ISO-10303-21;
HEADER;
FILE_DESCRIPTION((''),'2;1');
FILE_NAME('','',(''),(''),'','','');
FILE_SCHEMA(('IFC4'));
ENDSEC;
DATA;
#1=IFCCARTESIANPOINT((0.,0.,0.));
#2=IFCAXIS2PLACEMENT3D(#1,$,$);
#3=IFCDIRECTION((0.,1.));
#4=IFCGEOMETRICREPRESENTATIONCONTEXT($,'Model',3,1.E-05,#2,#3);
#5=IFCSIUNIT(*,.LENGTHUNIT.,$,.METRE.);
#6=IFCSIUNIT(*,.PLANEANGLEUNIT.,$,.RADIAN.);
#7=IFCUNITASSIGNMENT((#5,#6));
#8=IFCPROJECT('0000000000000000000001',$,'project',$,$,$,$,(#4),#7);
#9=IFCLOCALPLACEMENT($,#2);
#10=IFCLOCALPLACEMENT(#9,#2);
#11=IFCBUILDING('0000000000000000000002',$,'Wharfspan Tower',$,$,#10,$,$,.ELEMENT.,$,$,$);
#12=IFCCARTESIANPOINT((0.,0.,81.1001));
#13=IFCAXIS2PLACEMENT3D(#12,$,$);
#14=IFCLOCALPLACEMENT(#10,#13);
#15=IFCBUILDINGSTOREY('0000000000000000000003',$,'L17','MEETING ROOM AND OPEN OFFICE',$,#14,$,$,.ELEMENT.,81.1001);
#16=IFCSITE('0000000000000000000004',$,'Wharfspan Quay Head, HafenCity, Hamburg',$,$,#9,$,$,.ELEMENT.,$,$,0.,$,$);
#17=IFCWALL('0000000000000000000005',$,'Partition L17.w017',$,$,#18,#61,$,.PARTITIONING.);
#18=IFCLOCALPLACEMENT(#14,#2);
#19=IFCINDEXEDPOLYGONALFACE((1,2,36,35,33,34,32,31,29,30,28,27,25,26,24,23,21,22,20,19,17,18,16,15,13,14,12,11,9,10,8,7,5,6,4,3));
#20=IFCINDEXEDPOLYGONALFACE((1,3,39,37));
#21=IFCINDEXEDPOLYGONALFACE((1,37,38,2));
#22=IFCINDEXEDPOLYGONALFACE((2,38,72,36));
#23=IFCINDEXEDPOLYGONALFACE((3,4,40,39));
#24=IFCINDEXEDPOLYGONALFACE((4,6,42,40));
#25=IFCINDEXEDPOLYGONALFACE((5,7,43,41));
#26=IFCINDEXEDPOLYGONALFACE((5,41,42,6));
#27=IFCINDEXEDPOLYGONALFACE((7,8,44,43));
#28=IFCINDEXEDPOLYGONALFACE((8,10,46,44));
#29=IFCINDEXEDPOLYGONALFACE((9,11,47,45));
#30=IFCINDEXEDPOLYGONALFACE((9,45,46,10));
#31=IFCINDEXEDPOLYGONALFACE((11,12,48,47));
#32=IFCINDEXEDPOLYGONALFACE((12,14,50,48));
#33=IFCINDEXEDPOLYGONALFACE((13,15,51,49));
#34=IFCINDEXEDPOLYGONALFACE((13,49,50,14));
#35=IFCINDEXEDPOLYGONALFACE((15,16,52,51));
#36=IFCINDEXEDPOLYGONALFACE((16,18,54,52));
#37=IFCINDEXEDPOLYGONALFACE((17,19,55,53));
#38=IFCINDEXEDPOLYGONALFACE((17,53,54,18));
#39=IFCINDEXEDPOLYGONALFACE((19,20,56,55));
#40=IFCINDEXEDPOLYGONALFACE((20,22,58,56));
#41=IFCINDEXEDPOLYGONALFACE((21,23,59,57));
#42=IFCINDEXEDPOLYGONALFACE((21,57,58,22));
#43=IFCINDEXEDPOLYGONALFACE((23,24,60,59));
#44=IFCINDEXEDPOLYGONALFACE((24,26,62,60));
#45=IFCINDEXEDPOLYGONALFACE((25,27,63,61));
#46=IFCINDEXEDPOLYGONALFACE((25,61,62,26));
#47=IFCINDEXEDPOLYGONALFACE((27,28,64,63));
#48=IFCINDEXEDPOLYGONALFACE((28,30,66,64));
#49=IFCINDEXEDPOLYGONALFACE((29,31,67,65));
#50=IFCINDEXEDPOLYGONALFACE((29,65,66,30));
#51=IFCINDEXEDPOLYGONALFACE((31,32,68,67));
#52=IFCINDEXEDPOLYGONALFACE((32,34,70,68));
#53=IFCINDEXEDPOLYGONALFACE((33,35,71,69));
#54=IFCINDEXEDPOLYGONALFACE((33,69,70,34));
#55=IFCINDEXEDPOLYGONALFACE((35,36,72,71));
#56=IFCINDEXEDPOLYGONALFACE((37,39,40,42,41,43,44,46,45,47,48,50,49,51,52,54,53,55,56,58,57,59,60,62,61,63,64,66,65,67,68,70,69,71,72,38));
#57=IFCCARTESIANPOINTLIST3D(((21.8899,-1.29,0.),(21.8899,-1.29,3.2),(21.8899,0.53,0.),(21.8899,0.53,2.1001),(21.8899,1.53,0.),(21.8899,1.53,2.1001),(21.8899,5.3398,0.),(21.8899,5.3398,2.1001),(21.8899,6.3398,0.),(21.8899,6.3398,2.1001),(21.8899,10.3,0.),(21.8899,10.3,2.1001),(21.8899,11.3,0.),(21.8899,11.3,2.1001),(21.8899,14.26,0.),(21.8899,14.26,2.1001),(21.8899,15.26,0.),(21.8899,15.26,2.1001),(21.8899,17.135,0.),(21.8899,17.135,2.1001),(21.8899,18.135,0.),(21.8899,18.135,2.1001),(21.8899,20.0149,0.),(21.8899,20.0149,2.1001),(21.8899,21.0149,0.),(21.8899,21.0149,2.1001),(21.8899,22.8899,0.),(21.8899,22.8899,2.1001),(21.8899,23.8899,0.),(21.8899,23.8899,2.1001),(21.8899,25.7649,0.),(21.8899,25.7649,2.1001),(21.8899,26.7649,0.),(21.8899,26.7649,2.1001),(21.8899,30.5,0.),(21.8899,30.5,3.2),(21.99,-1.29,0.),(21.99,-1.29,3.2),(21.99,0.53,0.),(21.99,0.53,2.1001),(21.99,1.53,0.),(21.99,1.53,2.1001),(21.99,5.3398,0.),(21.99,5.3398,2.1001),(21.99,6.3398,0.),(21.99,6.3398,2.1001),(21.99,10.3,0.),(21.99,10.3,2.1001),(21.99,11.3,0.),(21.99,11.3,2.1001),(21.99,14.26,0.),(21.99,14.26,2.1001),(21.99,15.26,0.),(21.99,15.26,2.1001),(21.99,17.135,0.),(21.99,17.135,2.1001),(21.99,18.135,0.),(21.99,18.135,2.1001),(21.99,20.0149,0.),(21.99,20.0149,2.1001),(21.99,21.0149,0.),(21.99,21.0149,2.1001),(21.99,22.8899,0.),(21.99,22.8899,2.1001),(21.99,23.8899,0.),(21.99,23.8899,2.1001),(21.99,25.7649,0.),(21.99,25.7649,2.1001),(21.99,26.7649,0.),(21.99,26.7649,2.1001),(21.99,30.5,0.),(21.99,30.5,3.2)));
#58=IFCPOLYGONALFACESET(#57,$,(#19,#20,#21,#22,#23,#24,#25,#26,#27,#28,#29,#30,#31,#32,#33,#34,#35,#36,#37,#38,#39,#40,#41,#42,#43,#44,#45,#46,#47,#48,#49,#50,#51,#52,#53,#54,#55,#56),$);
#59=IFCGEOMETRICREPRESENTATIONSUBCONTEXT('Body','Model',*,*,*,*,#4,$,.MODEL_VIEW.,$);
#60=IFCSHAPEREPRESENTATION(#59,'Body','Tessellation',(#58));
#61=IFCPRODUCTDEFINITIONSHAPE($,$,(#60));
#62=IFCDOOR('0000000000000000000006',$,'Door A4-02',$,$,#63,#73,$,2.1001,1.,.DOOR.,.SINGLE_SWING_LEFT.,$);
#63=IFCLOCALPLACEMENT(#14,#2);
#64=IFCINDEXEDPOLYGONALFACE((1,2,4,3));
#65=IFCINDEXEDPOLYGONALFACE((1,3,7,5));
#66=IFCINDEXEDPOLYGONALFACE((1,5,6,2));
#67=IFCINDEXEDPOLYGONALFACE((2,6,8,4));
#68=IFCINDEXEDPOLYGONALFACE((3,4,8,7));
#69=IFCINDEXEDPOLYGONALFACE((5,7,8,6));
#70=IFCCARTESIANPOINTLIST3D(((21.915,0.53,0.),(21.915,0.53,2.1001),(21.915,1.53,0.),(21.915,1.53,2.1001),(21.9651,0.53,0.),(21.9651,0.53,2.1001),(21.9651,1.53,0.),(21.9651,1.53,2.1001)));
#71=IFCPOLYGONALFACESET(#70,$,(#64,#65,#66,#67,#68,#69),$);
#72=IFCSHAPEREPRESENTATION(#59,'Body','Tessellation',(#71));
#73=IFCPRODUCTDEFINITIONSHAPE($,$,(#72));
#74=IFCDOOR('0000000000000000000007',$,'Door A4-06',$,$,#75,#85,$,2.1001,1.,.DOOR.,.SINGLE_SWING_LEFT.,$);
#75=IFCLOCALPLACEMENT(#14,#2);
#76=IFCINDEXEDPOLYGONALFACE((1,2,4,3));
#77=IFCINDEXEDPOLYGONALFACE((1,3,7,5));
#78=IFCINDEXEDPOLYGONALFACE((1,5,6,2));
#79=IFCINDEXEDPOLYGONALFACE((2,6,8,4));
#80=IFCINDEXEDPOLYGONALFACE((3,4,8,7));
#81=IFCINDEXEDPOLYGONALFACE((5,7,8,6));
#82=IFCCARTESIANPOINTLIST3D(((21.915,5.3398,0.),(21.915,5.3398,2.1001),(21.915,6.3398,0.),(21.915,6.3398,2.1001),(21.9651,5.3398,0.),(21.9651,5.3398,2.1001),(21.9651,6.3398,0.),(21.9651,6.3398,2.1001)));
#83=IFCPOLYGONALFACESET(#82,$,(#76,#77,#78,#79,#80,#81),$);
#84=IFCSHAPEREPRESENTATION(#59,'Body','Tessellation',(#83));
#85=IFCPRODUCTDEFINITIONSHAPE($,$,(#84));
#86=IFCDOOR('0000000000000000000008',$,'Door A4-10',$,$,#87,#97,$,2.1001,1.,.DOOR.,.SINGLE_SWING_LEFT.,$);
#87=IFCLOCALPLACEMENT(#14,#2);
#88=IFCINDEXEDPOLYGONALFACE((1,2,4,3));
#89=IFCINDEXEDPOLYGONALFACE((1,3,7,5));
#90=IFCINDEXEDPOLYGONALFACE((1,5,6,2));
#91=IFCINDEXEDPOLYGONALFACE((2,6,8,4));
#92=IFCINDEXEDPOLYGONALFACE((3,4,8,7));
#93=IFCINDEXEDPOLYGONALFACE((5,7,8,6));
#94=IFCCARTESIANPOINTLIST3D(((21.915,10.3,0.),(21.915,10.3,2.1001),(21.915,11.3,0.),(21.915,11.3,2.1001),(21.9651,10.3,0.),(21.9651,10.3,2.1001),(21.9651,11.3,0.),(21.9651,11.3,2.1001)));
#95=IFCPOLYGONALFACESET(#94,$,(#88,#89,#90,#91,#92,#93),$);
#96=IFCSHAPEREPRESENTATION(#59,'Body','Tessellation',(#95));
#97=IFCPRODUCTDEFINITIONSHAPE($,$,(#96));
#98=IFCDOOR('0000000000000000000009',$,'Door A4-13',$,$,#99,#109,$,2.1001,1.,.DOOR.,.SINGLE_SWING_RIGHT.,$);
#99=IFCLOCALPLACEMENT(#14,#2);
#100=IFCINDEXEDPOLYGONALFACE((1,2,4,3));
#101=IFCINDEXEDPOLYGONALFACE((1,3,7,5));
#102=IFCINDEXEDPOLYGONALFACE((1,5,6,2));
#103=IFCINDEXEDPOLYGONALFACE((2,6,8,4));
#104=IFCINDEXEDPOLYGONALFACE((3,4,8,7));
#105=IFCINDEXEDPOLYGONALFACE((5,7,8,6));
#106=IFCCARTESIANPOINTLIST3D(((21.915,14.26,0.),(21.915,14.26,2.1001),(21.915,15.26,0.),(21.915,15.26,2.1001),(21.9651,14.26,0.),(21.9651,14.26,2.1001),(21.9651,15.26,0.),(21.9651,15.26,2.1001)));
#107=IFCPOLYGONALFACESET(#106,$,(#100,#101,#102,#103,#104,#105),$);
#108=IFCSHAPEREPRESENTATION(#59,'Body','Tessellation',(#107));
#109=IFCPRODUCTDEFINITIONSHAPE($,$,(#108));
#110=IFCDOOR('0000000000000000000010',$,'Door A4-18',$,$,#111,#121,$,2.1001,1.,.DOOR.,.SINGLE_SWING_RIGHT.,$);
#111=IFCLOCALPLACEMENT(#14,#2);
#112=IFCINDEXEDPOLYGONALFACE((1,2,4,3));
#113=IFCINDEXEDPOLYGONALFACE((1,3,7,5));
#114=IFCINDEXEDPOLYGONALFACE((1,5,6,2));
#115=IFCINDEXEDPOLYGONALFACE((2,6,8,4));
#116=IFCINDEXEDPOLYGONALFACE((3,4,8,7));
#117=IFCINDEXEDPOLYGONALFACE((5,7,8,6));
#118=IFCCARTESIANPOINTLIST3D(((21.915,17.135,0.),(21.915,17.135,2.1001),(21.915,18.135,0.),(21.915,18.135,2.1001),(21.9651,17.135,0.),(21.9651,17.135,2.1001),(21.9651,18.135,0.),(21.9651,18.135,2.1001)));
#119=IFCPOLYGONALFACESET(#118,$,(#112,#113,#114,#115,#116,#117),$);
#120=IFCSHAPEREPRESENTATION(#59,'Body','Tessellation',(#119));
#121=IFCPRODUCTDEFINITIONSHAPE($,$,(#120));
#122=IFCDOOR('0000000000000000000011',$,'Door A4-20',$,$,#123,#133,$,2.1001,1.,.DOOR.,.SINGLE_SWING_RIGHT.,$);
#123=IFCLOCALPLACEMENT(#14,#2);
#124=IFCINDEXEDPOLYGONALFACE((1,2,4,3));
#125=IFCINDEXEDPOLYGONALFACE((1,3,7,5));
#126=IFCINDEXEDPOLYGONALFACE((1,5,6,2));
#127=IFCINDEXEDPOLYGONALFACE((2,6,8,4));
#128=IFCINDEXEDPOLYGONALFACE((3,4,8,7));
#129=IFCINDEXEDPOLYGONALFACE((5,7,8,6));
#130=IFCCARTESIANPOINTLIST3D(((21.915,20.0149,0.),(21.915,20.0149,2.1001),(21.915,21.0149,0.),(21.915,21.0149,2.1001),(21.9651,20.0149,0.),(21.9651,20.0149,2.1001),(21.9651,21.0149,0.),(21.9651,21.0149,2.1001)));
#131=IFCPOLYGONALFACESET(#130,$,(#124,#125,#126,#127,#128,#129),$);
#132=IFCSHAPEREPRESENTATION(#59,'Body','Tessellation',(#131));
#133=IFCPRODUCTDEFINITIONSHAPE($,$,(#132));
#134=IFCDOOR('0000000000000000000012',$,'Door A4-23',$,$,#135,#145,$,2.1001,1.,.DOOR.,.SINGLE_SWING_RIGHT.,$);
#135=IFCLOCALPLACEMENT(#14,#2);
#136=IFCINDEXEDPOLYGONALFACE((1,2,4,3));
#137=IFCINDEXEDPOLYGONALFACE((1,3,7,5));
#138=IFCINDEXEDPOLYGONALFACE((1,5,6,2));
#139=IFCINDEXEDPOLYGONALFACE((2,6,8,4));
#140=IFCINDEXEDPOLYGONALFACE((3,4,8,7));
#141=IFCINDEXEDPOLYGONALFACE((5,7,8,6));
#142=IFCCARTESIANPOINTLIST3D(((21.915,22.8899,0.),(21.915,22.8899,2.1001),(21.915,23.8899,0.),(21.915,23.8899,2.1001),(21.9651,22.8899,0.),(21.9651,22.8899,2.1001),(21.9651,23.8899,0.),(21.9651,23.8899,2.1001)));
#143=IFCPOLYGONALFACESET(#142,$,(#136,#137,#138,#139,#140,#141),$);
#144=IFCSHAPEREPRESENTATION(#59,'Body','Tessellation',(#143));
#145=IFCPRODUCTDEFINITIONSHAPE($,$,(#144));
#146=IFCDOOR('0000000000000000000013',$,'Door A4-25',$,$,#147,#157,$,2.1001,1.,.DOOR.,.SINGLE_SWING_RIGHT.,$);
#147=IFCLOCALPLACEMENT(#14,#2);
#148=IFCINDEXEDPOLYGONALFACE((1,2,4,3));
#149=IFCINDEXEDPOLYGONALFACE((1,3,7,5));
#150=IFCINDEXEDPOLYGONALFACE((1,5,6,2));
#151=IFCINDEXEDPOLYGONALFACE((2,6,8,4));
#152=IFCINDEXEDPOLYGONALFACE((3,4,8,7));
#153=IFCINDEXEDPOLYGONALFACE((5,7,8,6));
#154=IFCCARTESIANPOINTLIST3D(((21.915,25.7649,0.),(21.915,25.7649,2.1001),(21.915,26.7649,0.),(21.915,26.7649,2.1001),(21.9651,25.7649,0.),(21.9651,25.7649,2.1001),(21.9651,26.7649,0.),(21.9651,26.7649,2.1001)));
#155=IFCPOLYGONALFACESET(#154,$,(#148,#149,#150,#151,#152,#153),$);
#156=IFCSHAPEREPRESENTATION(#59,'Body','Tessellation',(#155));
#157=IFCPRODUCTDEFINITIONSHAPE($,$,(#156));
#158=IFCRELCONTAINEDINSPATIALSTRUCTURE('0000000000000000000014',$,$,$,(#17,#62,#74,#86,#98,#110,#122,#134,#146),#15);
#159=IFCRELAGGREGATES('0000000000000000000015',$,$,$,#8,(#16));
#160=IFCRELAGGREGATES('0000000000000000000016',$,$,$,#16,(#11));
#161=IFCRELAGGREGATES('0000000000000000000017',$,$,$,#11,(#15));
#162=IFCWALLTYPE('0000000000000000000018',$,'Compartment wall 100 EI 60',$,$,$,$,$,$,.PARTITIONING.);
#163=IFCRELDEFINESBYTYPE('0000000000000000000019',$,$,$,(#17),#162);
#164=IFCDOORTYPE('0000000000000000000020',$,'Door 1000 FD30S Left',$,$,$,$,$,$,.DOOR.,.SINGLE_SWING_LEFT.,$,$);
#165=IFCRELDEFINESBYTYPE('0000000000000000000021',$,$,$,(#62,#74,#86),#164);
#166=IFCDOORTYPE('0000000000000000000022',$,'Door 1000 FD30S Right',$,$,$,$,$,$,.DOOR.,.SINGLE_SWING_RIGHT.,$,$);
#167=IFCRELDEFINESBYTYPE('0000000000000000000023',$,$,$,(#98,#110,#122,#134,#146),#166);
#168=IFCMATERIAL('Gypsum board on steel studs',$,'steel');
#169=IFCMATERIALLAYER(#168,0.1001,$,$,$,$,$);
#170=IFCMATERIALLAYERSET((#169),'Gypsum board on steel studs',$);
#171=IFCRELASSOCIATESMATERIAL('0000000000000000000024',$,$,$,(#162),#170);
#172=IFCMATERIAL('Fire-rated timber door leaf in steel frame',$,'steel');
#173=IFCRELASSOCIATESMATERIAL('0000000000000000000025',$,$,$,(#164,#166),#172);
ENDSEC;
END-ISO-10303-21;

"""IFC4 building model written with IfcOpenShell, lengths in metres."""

from ifc_helpers import new_model, si_unit, direction, frame, frame_2d, origin, place, context, subcontext, project, spatial, rectangle, extrude, material, layer, layer_set, type_object, element, fill, save


model = new_model("IFC4")

# Units and contexts
model_context = context("Model", 3, precision=1e-05, world=origin(), true_north=direction((0.0, 1.0)))
body_context = subcontext(model_context, "Body", "Model", "MODEL_VIEW")
ifc_project = project(units=[si_unit("LENGTHUNIT", "METRE"), si_unit("PLANEANGLEUNIT", "RADIAN")], contexts=[model_context])

# Site, building, storey
site_placement = place(None, origin())
site = spatial("IfcSite", under=ifc_project, at=site_placement, Name="Wharfspan Quay Head, HafenCity, Hamburg", CompositionType="ELEMENT", RefElevation=0.0)
building_placement = place(site_placement, origin())
building = spatial("IfcBuilding", under=site, at=building_placement, Name="Wharfspan Tower", CompositionType="ELEMENT")
storey_placement = place(building_placement, frame((0.0, 0.0, 81.1001)))
storey = spatial("IfcBuildingStorey", under=building, at=storey_placement, Name="L17", Description="MEETING ROOM AND OPEN OFFICE", CompositionType="ELEMENT", Elevation=81.1001)

# Wall, openings, doors
ifc_material_1 = material(Name="Gypsum board on steel studs", Category="steel")
ifc_layer_1 = layer(ifc_material_1, 0.1001)
ifc_layer_set_1 = layer_set([ifc_layer_1], Name="Gypsum board on steel studs")
wall_type = type_object("IfcWallType", Name="Compartment wall 100 EI 60", PredefinedType="PARTITIONING", material=ifc_layer_set_1)
ifc_material_2 = material(Name="Fire-rated timber door leaf in steel frame", Category="steel")
door_type_1 = type_object("IfcDoorType", Name="Door 1000 FD30S Left", OperationType="SINGLE_SWING_LEFT", PredefinedType="DOOR", material=ifc_material_2)
door_type_2 = type_object("IfcDoorType", Name="Door 1000 FD30S Right", OperationType="SINGLE_SWING_RIGHT", PredefinedType="DOOR", material=ifc_material_2)
wall_1_placement = place(storey_placement, frame((21.9399, -1.29, 0.0), z_axis=(0.0, 0.0, 1.0), x_axis=(0.0, 1.0, 0.0)))
wall_1 = element("IfcWall", 1, at=wall_1_placement, inside=storey, type_object=wall_type, Name="Partition L17.w017", PredefinedType="PARTITIONING", context=body_context, shape_type="SweptSolid", body=[
    extrude(rectangle(XDim=31.79, YDim=0.1001, at=frame_2d((15.895, 0.0))), origin(), (0.0, 0.0, 1.0), 3.2),
])
opening_1_placement = place(wall_1_placement, frame((1.8201, 0.0, 0.0)))
opening_1 = element("IfcOpeningElement", 2, at=opening_1_placement, cuts=wall_1, PredefinedType="OPENING", context=body_context, shape_type="SweptSolid", body=[
    extrude(rectangle(XDim=1.0, YDim=2.1001, at=frame_2d((0.5, 1.05))), frame((0.0, 0.0601, 0.0), z_axis=(0.0, -1.0, 0.0), x_axis=(1.0, 0.0, 0.0)), (0.0, 0.0, 1.0), 0.1201),
])
opening_2_placement = place(wall_1_placement, frame((6.6299, 0.0, 0.0)))
opening_2 = element("IfcOpeningElement", 3, at=opening_2_placement, cuts=wall_1, PredefinedType="OPENING", context=body_context, shape_type="SweptSolid", body=[
    extrude(rectangle(XDim=1.0, YDim=2.1001, at=frame_2d((0.5, 1.05))), frame((0.0, 0.0601, 0.0), z_axis=(0.0, -1.0, 0.0), x_axis=(1.0, 0.0, 0.0)), (0.0, 0.0, 1.0), 0.1201),
])
opening_3_placement = place(wall_1_placement, frame((11.5901, 0.0, 0.0)))
opening_3 = element("IfcOpeningElement", 4, at=opening_3_placement, cuts=wall_1, PredefinedType="OPENING", context=body_context, shape_type="SweptSolid", body=[
    extrude(rectangle(XDim=1.0, YDim=2.1001, at=frame_2d((0.5, 1.05))), frame((0.0, 0.0601, 0.0), z_axis=(0.0, -1.0, 0.0), x_axis=(1.0, 0.0, 0.0)), (0.0, 0.0, 1.0), 0.1201),
])
opening_4_placement = place(wall_1_placement, frame((15.55, 0.0, 0.0)))
opening_4 = element("IfcOpeningElement", 5, at=opening_4_placement, cuts=wall_1, PredefinedType="OPENING", context=body_context, shape_type="SweptSolid", body=[
    extrude(rectangle(XDim=1.0, YDim=2.1001, at=frame_2d((0.5, 1.05))), frame((0.0, 0.0601, 0.0), z_axis=(0.0, -1.0, 0.0), x_axis=(1.0, 0.0, 0.0)), (0.0, 0.0, 1.0), 0.1201),
])
opening_5_placement = place(wall_1_placement, frame((18.425, 0.0, 0.0)))
opening_5 = element("IfcOpeningElement", 6, at=opening_5_placement, cuts=wall_1, PredefinedType="OPENING", context=body_context, shape_type="SweptSolid", body=[
    extrude(rectangle(XDim=1.0, YDim=2.1001, at=frame_2d((0.5, 1.05))), frame((0.0, 0.0601, 0.0), z_axis=(0.0, -1.0, 0.0), x_axis=(1.0, 0.0, 0.0)), (0.0, 0.0, 1.0), 0.1201),
])
opening_6_placement = place(wall_1_placement, frame((21.3049, 0.0, 0.0)))
opening_6 = element("IfcOpeningElement", 7, at=opening_6_placement, cuts=wall_1, PredefinedType="OPENING", context=body_context, shape_type="SweptSolid", body=[
    extrude(rectangle(XDim=1.0, YDim=2.1001, at=frame_2d((0.5, 1.05))), frame((0.0, 0.0601, 0.0), z_axis=(0.0, -1.0, 0.0), x_axis=(1.0, 0.0, 0.0)), (0.0, 0.0, 1.0), 0.1201),
])
opening_7_placement = place(wall_1_placement, frame((24.1799, 0.0, 0.0)))
opening_7 = element("IfcOpeningElement", 8, at=opening_7_placement, cuts=wall_1, PredefinedType="OPENING", context=body_context, shape_type="SweptSolid", body=[
    extrude(rectangle(XDim=1.0, YDim=2.1001, at=frame_2d((0.5, 1.05))), frame((0.0, 0.0601, 0.0), z_axis=(0.0, -1.0, 0.0), x_axis=(1.0, 0.0, 0.0)), (0.0, 0.0, 1.0), 0.1201),
])
opening_8_placement = place(wall_1_placement, frame((27.0549, 0.0, 0.0)))
opening_8 = element("IfcOpeningElement", 9, at=opening_8_placement, cuts=wall_1, PredefinedType="OPENING", context=body_context, shape_type="SweptSolid", body=[
    extrude(rectangle(XDim=1.0, YDim=2.1001, at=frame_2d((0.5, 1.05))), frame((0.0, 0.0601, 0.0), z_axis=(0.0, -1.0, 0.0), x_axis=(1.0, 0.0, 0.0)), (0.0, 0.0, 1.0), 0.1201),
])
door_1_placement = place(opening_1_placement, origin())
door_1 = element("IfcDoor", 10, at=door_1_placement, inside=storey, type_object=door_type_1, Name="Door A4-02", OperationType="SINGLE_SWING_LEFT", OverallHeight=2.1001, OverallWidth=1.0, PredefinedType="DOOR", context=body_context, shape_type="SweptSolid", body=[
    extrude(rectangle(XDim=1.0, YDim=2.1001, at=frame_2d((0.5, 1.05))), frame((0.0, 0.0249, 0.0), z_axis=(0.0, -1.0, 0.0), x_axis=(1.0, 0.0, 0.0)), (0.0, 0.0, 1.0), 0.05),
])
fill(opening_1, door_1)
door_2_placement = place(opening_2_placement, origin())
door_2 = element("IfcDoor", 11, at=door_2_placement, inside=storey, type_object=door_type_1, Name="Door A4-06", OperationType="SINGLE_SWING_LEFT", OverallHeight=2.1001, OverallWidth=1.0, PredefinedType="DOOR", context=body_context, shape_type="SweptSolid", body=[
    extrude(rectangle(XDim=1.0, YDim=2.1001, at=frame_2d((0.5, 1.05))), frame((0.0, 0.0249, 0.0), z_axis=(0.0, -1.0, 0.0), x_axis=(1.0, 0.0, 0.0)), (0.0, 0.0, 1.0), 0.05),
])
fill(opening_2, door_2)
door_3_placement = place(opening_3_placement, origin())
door_3 = element("IfcDoor", 12, at=door_3_placement, inside=storey, type_object=door_type_1, Name="Door A4-10", OperationType="SINGLE_SWING_LEFT", OverallHeight=2.1001, OverallWidth=1.0, PredefinedType="DOOR", context=body_context, shape_type="SweptSolid", body=[
    extrude(rectangle(XDim=1.0, YDim=2.1001, at=frame_2d((0.5, 1.05))), frame((0.0, 0.0249, 0.0), z_axis=(0.0, -1.0, 0.0), x_axis=(1.0, 0.0, 0.0)), (0.0, 0.0, 1.0), 0.05),
])
fill(opening_3, door_3)
door_4_placement = place(opening_4_placement, origin())
door_4 = element("IfcDoor", 13, at=door_4_placement, inside=storey, type_object=door_type_2, Name="Door A4-13", OperationType="SINGLE_SWING_RIGHT", OverallHeight=2.1001, OverallWidth=1.0, PredefinedType="DOOR", context=body_context, shape_type="SweptSolid", body=[
    extrude(rectangle(XDim=1.0, YDim=2.1001, at=frame_2d((0.5, 1.05))), frame((0.0, 0.0249, 0.0), z_axis=(0.0, -1.0, 0.0), x_axis=(1.0, 0.0, 0.0)), (0.0, 0.0, 1.0), 0.05),
])
fill(opening_4, door_4)
door_5_placement = place(opening_5_placement, origin())
door_5 = element("IfcDoor", 14, at=door_5_placement, inside=storey, type_object=door_type_2, Name="Door A4-18", OperationType="SINGLE_SWING_RIGHT", OverallHeight=2.1001, OverallWidth=1.0, PredefinedType="DOOR", context=body_context, shape_type="SweptSolid", body=[
    extrude(rectangle(XDim=1.0, YDim=2.1001, at=frame_2d((0.5, 1.05))), frame((0.0, 0.0249, 0.0), z_axis=(0.0, -1.0, 0.0), x_axis=(1.0, 0.0, 0.0)), (0.0, 0.0, 1.0), 0.05),
])
fill(opening_5, door_5)
door_6_placement = place(opening_6_placement, origin())
door_6 = element("IfcDoor", 15, at=door_6_placement, inside=storey, type_object=door_type_2, Name="Door A4-20", OperationType="SINGLE_SWING_RIGHT", OverallHeight=2.1001, OverallWidth=1.0, PredefinedType="DOOR", context=body_context, shape_type="SweptSolid", body=[
    extrude(rectangle(XDim=1.0, YDim=2.1001, at=frame_2d((0.5, 1.05))), frame((0.0, 0.0249, 0.0), z_axis=(0.0, -1.0, 0.0), x_axis=(1.0, 0.0, 0.0)), (0.0, 0.0, 1.0), 0.05),
])
fill(opening_6, door_6)
door_7_placement = place(opening_7_placement, origin())
door_7 = element("IfcDoor", 16, at=door_7_placement, inside=storey, type_object=door_type_2, Name="Door A4-23", OperationType="SINGLE_SWING_RIGHT", OverallHeight=2.1001, OverallWidth=1.0, PredefinedType="DOOR", context=body_context, shape_type="SweptSolid", body=[
    extrude(rectangle(XDim=1.0, YDim=2.1001, at=frame_2d((0.5, 1.05))), frame((0.0, 0.0249, 0.0), z_axis=(0.0, -1.0, 0.0), x_axis=(1.0, 0.0, 0.0)), (0.0, 0.0, 1.0), 0.05),
])
fill(opening_7, door_7)
door_8_placement = place(opening_8_placement, origin())
door_8 = element("IfcDoor", 17, at=door_8_placement, inside=storey, type_object=door_type_2, Name="Door A4-25", OperationType="SINGLE_SWING_RIGHT", OverallHeight=2.1001, OverallWidth=1.0, PredefinedType="DOOR", context=body_context, shape_type="SweptSolid", body=[
    extrude(rectangle(XDim=1.0, YDim=2.1001, at=frame_2d((0.5, 1.05))), frame((0.0, 0.0249, 0.0), z_axis=(0.0, -1.0, 0.0), x_axis=(1.0, 0.0, 0.0)), (0.0, 0.0, 1.0), 0.05),
])
fill(opening_8, door_8)

save(model, "model.ifc")
